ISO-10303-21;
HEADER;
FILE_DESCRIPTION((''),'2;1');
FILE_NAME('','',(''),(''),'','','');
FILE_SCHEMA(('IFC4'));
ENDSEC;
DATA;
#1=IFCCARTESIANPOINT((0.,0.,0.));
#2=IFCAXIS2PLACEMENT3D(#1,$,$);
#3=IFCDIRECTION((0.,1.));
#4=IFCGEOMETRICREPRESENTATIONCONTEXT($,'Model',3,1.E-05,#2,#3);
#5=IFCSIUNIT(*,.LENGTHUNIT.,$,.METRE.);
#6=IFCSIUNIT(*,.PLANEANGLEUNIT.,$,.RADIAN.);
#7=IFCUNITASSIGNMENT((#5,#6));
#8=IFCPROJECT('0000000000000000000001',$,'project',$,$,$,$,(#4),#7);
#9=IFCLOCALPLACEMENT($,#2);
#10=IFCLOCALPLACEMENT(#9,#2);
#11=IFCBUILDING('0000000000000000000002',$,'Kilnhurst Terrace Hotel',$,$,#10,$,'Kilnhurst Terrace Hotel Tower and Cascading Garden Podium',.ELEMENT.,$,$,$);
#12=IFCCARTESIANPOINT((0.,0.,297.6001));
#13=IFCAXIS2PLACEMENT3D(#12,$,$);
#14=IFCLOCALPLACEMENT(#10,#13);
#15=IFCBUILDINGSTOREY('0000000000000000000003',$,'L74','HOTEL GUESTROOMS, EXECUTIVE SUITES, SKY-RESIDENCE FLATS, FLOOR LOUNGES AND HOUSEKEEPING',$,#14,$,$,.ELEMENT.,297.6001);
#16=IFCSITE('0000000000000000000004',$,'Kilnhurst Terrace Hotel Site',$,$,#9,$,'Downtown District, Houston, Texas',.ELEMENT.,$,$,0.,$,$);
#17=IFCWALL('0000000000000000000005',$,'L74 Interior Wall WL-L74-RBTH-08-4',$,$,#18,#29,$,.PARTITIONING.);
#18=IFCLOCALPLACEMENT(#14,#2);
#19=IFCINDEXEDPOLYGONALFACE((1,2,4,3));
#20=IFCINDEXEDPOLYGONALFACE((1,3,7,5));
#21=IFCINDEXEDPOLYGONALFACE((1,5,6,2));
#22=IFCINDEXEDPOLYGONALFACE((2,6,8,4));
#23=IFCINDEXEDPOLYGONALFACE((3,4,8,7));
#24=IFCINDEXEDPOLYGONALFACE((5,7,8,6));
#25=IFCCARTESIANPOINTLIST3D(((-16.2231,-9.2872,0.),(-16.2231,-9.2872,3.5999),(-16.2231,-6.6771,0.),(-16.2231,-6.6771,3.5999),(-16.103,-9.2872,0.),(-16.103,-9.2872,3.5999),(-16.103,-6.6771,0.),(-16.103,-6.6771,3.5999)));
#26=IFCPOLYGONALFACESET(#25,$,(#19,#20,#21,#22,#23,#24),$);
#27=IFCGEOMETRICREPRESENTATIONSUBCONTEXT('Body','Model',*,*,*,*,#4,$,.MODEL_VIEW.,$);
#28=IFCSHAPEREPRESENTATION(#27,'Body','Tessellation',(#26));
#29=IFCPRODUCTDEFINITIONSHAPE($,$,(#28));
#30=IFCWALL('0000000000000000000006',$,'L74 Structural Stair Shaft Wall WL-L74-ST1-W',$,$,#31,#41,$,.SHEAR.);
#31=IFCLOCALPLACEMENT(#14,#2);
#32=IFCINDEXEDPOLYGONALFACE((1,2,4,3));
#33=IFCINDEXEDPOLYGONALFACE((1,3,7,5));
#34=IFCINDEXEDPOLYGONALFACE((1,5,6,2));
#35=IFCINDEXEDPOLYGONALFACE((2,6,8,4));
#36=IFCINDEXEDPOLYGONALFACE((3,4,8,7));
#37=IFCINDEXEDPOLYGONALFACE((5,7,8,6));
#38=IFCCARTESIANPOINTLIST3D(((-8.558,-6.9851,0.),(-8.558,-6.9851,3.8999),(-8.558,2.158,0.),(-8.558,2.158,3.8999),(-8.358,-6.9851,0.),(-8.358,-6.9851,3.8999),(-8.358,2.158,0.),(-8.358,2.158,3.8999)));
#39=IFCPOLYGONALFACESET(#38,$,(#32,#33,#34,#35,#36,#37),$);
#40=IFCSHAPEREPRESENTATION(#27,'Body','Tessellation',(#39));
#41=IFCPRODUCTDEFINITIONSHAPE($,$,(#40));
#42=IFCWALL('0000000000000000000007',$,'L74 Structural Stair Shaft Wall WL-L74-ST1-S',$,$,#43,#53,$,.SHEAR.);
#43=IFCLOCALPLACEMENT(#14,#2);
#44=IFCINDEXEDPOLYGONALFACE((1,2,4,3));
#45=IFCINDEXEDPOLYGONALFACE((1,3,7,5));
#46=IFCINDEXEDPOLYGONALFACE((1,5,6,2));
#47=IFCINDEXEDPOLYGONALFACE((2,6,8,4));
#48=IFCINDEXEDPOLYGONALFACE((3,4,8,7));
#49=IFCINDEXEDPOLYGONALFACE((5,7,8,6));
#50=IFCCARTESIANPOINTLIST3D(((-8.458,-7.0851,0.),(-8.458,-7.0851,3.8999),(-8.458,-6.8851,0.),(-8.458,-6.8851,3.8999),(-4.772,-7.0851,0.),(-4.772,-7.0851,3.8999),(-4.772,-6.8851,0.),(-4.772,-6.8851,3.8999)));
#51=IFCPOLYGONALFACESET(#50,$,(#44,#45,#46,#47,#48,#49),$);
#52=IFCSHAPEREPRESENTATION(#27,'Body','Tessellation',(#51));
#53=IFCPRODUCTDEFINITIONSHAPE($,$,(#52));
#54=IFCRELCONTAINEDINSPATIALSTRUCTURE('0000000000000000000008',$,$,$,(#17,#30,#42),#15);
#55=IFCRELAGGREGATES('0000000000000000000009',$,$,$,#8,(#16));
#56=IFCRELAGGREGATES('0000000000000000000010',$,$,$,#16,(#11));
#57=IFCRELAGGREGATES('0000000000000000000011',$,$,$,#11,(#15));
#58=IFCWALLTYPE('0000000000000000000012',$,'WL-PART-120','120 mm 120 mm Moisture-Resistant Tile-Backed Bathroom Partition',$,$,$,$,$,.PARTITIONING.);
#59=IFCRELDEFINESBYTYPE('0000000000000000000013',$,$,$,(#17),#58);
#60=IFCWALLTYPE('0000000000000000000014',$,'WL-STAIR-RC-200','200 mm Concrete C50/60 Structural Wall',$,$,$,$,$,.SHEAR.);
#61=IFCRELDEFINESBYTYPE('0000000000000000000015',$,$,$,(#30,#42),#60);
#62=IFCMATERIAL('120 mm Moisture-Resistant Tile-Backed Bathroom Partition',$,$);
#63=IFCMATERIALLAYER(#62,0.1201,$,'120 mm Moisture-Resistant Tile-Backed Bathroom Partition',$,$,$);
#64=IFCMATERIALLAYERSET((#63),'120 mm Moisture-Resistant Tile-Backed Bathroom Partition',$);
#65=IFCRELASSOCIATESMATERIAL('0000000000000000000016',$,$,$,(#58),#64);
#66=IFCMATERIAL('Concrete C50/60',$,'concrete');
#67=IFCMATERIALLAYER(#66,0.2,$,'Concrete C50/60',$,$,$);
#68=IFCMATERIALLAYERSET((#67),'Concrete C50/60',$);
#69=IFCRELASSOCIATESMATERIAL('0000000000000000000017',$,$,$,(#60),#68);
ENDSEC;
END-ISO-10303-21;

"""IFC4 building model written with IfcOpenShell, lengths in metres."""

from ifc_helpers import new_model, si_unit, direction, frame, frame_2d, origin, place, context, subcontext, project, spatial, rectangle, extrude, material, layer, layer_set, type_object, element, save


model = new_model("IFC4")

# Units and contexts
model_context = context("Model", 3, precision=1e-05, world=origin(), true_north=direction((0.0, 1.0)))
body_context = subcontext(model_context, "Body", "Model", "MODEL_VIEW")
ifc_project = project(units=[si_unit("LENGTHUNIT", "METRE"), si_unit("PLANEANGLEUNIT", "RADIAN")], contexts=[model_context])

# Site, building, storey
site_placement = place(None, origin())
site = spatial("IfcSite", under=ifc_project, at=site_placement, Name="Kilnhurst Terrace Hotel Site", LongName="Downtown District, Houston, Texas", CompositionType="ELEMENT", RefElevation=0.0)
building_placement = place(site_placement, origin())
building = spatial("IfcBuilding", under=site, at=building_placement, Name="Kilnhurst Terrace Hotel", LongName="Kilnhurst Terrace Hotel Tower and Cascading Garden Podium", CompositionType="ELEMENT")
storey_placement = place(building_placement, frame((0.0, 0.0, 297.6001)))
storey = spatial("IfcBuildingStorey", under=building, at=storey_placement, Name="L74", Description="HOTEL GUESTROOMS, EXECUTIVE SUITES, SKY-RESIDENCE FLATS, FLOOR LOUNGES AND HOUSEKEEPING", CompositionType="ELEMENT", Elevation=297.6001)

# Shared definitions
ifc_material_1 = material(Name="Concrete C50/60", Category="concrete")

# Shared definitions
ifc_material_2 = material(Name="120 mm Moisture-Resistant Tile-Backed Bathroom Partition")
ifc_layer_1 = layer(ifc_material_2, 0.1201, Name="120 mm Moisture-Resistant Tile-Backed Bathroom Partition")
ifc_layer_set_1 = layer_set([ifc_layer_1], Name="120 mm Moisture-Resistant Tile-Backed Bathroom Partition")
wall_type_1 = type_object("IfcWallType", Name="WL-PART-120", Description="120 mm 120 mm Moisture-Resistant Tile-Backed Bathroom Partition", PredefinedType="PARTITIONING", material=ifc_layer_set_1)

# Walls
wall_1_placement = place(storey_placement, frame((-16.1631, -6.677, 0.0), z_axis=(0.0, 0.0, 1.0), x_axis=(0.0, -1.0, 0.0)))
element("IfcWall", 1, at=wall_1_placement, inside=storey, type_object=wall_type_1, Name="L74 Interior Wall WL-L74-RBTH-08-4", PredefinedType="PARTITIONING", context=body_context, shape_type="SweptSolid", body=[
    extrude(rectangle(XDim=2.6101, YDim=0.1201, at=frame_2d((1.3052, 0.0))), origin(), (0.0, 0.0, 1.0), 3.5999),
])
ifc_layer_2 = layer(ifc_material_1, 0.2, Name="Concrete C50/60")
ifc_layer_set_2 = layer_set([ifc_layer_2], Name="Concrete C50/60")
wall_type_2 = type_object("IfcWallType", Name="WL-STAIR-RC-200", Description="200 mm Concrete C50/60 Structural Wall", PredefinedType="SHEAR", material=ifc_layer_set_2)
wall_2_placement = place(storey_placement, frame((-8.458, -6.9851, 0.0), z_axis=(0.0, 0.0, 1.0), x_axis=(0.0, 1.0, 0.0)))
element("IfcWall", 2, at=wall_2_placement, inside=storey, type_object=wall_type_2, Name="L74 Structural Stair Shaft Wall WL-L74-ST1-W", PredefinedType="SHEAR", context=body_context, shape_type="SweptSolid", body=[
    extrude(rectangle(XDim=9.1431, YDim=0.2, at=frame_2d((4.5715, 0.0))), origin(), (0.0, 0.0, 1.0), 3.8999),
])
wall_3_placement = place(storey_placement, frame((-8.458, -6.9851, 0.0), z_axis=(0.0, 0.0, 1.0), x_axis=(1.0, 0.0, 0.0)))
element("IfcWall", 3, at=wall_3_placement, inside=storey, type_object=wall_type_2, Name="L74 Structural Stair Shaft Wall WL-L74-ST1-S", PredefinedType="SHEAR", context=body_context, shape_type="SweptSolid", body=[
    extrude(rectangle(XDim=3.686, YDim=0.2, at=frame_2d((1.843, 0.0))), origin(), (0.0, 0.0, 1.0), 3.8999),
])

save(model, "model.ifc")
